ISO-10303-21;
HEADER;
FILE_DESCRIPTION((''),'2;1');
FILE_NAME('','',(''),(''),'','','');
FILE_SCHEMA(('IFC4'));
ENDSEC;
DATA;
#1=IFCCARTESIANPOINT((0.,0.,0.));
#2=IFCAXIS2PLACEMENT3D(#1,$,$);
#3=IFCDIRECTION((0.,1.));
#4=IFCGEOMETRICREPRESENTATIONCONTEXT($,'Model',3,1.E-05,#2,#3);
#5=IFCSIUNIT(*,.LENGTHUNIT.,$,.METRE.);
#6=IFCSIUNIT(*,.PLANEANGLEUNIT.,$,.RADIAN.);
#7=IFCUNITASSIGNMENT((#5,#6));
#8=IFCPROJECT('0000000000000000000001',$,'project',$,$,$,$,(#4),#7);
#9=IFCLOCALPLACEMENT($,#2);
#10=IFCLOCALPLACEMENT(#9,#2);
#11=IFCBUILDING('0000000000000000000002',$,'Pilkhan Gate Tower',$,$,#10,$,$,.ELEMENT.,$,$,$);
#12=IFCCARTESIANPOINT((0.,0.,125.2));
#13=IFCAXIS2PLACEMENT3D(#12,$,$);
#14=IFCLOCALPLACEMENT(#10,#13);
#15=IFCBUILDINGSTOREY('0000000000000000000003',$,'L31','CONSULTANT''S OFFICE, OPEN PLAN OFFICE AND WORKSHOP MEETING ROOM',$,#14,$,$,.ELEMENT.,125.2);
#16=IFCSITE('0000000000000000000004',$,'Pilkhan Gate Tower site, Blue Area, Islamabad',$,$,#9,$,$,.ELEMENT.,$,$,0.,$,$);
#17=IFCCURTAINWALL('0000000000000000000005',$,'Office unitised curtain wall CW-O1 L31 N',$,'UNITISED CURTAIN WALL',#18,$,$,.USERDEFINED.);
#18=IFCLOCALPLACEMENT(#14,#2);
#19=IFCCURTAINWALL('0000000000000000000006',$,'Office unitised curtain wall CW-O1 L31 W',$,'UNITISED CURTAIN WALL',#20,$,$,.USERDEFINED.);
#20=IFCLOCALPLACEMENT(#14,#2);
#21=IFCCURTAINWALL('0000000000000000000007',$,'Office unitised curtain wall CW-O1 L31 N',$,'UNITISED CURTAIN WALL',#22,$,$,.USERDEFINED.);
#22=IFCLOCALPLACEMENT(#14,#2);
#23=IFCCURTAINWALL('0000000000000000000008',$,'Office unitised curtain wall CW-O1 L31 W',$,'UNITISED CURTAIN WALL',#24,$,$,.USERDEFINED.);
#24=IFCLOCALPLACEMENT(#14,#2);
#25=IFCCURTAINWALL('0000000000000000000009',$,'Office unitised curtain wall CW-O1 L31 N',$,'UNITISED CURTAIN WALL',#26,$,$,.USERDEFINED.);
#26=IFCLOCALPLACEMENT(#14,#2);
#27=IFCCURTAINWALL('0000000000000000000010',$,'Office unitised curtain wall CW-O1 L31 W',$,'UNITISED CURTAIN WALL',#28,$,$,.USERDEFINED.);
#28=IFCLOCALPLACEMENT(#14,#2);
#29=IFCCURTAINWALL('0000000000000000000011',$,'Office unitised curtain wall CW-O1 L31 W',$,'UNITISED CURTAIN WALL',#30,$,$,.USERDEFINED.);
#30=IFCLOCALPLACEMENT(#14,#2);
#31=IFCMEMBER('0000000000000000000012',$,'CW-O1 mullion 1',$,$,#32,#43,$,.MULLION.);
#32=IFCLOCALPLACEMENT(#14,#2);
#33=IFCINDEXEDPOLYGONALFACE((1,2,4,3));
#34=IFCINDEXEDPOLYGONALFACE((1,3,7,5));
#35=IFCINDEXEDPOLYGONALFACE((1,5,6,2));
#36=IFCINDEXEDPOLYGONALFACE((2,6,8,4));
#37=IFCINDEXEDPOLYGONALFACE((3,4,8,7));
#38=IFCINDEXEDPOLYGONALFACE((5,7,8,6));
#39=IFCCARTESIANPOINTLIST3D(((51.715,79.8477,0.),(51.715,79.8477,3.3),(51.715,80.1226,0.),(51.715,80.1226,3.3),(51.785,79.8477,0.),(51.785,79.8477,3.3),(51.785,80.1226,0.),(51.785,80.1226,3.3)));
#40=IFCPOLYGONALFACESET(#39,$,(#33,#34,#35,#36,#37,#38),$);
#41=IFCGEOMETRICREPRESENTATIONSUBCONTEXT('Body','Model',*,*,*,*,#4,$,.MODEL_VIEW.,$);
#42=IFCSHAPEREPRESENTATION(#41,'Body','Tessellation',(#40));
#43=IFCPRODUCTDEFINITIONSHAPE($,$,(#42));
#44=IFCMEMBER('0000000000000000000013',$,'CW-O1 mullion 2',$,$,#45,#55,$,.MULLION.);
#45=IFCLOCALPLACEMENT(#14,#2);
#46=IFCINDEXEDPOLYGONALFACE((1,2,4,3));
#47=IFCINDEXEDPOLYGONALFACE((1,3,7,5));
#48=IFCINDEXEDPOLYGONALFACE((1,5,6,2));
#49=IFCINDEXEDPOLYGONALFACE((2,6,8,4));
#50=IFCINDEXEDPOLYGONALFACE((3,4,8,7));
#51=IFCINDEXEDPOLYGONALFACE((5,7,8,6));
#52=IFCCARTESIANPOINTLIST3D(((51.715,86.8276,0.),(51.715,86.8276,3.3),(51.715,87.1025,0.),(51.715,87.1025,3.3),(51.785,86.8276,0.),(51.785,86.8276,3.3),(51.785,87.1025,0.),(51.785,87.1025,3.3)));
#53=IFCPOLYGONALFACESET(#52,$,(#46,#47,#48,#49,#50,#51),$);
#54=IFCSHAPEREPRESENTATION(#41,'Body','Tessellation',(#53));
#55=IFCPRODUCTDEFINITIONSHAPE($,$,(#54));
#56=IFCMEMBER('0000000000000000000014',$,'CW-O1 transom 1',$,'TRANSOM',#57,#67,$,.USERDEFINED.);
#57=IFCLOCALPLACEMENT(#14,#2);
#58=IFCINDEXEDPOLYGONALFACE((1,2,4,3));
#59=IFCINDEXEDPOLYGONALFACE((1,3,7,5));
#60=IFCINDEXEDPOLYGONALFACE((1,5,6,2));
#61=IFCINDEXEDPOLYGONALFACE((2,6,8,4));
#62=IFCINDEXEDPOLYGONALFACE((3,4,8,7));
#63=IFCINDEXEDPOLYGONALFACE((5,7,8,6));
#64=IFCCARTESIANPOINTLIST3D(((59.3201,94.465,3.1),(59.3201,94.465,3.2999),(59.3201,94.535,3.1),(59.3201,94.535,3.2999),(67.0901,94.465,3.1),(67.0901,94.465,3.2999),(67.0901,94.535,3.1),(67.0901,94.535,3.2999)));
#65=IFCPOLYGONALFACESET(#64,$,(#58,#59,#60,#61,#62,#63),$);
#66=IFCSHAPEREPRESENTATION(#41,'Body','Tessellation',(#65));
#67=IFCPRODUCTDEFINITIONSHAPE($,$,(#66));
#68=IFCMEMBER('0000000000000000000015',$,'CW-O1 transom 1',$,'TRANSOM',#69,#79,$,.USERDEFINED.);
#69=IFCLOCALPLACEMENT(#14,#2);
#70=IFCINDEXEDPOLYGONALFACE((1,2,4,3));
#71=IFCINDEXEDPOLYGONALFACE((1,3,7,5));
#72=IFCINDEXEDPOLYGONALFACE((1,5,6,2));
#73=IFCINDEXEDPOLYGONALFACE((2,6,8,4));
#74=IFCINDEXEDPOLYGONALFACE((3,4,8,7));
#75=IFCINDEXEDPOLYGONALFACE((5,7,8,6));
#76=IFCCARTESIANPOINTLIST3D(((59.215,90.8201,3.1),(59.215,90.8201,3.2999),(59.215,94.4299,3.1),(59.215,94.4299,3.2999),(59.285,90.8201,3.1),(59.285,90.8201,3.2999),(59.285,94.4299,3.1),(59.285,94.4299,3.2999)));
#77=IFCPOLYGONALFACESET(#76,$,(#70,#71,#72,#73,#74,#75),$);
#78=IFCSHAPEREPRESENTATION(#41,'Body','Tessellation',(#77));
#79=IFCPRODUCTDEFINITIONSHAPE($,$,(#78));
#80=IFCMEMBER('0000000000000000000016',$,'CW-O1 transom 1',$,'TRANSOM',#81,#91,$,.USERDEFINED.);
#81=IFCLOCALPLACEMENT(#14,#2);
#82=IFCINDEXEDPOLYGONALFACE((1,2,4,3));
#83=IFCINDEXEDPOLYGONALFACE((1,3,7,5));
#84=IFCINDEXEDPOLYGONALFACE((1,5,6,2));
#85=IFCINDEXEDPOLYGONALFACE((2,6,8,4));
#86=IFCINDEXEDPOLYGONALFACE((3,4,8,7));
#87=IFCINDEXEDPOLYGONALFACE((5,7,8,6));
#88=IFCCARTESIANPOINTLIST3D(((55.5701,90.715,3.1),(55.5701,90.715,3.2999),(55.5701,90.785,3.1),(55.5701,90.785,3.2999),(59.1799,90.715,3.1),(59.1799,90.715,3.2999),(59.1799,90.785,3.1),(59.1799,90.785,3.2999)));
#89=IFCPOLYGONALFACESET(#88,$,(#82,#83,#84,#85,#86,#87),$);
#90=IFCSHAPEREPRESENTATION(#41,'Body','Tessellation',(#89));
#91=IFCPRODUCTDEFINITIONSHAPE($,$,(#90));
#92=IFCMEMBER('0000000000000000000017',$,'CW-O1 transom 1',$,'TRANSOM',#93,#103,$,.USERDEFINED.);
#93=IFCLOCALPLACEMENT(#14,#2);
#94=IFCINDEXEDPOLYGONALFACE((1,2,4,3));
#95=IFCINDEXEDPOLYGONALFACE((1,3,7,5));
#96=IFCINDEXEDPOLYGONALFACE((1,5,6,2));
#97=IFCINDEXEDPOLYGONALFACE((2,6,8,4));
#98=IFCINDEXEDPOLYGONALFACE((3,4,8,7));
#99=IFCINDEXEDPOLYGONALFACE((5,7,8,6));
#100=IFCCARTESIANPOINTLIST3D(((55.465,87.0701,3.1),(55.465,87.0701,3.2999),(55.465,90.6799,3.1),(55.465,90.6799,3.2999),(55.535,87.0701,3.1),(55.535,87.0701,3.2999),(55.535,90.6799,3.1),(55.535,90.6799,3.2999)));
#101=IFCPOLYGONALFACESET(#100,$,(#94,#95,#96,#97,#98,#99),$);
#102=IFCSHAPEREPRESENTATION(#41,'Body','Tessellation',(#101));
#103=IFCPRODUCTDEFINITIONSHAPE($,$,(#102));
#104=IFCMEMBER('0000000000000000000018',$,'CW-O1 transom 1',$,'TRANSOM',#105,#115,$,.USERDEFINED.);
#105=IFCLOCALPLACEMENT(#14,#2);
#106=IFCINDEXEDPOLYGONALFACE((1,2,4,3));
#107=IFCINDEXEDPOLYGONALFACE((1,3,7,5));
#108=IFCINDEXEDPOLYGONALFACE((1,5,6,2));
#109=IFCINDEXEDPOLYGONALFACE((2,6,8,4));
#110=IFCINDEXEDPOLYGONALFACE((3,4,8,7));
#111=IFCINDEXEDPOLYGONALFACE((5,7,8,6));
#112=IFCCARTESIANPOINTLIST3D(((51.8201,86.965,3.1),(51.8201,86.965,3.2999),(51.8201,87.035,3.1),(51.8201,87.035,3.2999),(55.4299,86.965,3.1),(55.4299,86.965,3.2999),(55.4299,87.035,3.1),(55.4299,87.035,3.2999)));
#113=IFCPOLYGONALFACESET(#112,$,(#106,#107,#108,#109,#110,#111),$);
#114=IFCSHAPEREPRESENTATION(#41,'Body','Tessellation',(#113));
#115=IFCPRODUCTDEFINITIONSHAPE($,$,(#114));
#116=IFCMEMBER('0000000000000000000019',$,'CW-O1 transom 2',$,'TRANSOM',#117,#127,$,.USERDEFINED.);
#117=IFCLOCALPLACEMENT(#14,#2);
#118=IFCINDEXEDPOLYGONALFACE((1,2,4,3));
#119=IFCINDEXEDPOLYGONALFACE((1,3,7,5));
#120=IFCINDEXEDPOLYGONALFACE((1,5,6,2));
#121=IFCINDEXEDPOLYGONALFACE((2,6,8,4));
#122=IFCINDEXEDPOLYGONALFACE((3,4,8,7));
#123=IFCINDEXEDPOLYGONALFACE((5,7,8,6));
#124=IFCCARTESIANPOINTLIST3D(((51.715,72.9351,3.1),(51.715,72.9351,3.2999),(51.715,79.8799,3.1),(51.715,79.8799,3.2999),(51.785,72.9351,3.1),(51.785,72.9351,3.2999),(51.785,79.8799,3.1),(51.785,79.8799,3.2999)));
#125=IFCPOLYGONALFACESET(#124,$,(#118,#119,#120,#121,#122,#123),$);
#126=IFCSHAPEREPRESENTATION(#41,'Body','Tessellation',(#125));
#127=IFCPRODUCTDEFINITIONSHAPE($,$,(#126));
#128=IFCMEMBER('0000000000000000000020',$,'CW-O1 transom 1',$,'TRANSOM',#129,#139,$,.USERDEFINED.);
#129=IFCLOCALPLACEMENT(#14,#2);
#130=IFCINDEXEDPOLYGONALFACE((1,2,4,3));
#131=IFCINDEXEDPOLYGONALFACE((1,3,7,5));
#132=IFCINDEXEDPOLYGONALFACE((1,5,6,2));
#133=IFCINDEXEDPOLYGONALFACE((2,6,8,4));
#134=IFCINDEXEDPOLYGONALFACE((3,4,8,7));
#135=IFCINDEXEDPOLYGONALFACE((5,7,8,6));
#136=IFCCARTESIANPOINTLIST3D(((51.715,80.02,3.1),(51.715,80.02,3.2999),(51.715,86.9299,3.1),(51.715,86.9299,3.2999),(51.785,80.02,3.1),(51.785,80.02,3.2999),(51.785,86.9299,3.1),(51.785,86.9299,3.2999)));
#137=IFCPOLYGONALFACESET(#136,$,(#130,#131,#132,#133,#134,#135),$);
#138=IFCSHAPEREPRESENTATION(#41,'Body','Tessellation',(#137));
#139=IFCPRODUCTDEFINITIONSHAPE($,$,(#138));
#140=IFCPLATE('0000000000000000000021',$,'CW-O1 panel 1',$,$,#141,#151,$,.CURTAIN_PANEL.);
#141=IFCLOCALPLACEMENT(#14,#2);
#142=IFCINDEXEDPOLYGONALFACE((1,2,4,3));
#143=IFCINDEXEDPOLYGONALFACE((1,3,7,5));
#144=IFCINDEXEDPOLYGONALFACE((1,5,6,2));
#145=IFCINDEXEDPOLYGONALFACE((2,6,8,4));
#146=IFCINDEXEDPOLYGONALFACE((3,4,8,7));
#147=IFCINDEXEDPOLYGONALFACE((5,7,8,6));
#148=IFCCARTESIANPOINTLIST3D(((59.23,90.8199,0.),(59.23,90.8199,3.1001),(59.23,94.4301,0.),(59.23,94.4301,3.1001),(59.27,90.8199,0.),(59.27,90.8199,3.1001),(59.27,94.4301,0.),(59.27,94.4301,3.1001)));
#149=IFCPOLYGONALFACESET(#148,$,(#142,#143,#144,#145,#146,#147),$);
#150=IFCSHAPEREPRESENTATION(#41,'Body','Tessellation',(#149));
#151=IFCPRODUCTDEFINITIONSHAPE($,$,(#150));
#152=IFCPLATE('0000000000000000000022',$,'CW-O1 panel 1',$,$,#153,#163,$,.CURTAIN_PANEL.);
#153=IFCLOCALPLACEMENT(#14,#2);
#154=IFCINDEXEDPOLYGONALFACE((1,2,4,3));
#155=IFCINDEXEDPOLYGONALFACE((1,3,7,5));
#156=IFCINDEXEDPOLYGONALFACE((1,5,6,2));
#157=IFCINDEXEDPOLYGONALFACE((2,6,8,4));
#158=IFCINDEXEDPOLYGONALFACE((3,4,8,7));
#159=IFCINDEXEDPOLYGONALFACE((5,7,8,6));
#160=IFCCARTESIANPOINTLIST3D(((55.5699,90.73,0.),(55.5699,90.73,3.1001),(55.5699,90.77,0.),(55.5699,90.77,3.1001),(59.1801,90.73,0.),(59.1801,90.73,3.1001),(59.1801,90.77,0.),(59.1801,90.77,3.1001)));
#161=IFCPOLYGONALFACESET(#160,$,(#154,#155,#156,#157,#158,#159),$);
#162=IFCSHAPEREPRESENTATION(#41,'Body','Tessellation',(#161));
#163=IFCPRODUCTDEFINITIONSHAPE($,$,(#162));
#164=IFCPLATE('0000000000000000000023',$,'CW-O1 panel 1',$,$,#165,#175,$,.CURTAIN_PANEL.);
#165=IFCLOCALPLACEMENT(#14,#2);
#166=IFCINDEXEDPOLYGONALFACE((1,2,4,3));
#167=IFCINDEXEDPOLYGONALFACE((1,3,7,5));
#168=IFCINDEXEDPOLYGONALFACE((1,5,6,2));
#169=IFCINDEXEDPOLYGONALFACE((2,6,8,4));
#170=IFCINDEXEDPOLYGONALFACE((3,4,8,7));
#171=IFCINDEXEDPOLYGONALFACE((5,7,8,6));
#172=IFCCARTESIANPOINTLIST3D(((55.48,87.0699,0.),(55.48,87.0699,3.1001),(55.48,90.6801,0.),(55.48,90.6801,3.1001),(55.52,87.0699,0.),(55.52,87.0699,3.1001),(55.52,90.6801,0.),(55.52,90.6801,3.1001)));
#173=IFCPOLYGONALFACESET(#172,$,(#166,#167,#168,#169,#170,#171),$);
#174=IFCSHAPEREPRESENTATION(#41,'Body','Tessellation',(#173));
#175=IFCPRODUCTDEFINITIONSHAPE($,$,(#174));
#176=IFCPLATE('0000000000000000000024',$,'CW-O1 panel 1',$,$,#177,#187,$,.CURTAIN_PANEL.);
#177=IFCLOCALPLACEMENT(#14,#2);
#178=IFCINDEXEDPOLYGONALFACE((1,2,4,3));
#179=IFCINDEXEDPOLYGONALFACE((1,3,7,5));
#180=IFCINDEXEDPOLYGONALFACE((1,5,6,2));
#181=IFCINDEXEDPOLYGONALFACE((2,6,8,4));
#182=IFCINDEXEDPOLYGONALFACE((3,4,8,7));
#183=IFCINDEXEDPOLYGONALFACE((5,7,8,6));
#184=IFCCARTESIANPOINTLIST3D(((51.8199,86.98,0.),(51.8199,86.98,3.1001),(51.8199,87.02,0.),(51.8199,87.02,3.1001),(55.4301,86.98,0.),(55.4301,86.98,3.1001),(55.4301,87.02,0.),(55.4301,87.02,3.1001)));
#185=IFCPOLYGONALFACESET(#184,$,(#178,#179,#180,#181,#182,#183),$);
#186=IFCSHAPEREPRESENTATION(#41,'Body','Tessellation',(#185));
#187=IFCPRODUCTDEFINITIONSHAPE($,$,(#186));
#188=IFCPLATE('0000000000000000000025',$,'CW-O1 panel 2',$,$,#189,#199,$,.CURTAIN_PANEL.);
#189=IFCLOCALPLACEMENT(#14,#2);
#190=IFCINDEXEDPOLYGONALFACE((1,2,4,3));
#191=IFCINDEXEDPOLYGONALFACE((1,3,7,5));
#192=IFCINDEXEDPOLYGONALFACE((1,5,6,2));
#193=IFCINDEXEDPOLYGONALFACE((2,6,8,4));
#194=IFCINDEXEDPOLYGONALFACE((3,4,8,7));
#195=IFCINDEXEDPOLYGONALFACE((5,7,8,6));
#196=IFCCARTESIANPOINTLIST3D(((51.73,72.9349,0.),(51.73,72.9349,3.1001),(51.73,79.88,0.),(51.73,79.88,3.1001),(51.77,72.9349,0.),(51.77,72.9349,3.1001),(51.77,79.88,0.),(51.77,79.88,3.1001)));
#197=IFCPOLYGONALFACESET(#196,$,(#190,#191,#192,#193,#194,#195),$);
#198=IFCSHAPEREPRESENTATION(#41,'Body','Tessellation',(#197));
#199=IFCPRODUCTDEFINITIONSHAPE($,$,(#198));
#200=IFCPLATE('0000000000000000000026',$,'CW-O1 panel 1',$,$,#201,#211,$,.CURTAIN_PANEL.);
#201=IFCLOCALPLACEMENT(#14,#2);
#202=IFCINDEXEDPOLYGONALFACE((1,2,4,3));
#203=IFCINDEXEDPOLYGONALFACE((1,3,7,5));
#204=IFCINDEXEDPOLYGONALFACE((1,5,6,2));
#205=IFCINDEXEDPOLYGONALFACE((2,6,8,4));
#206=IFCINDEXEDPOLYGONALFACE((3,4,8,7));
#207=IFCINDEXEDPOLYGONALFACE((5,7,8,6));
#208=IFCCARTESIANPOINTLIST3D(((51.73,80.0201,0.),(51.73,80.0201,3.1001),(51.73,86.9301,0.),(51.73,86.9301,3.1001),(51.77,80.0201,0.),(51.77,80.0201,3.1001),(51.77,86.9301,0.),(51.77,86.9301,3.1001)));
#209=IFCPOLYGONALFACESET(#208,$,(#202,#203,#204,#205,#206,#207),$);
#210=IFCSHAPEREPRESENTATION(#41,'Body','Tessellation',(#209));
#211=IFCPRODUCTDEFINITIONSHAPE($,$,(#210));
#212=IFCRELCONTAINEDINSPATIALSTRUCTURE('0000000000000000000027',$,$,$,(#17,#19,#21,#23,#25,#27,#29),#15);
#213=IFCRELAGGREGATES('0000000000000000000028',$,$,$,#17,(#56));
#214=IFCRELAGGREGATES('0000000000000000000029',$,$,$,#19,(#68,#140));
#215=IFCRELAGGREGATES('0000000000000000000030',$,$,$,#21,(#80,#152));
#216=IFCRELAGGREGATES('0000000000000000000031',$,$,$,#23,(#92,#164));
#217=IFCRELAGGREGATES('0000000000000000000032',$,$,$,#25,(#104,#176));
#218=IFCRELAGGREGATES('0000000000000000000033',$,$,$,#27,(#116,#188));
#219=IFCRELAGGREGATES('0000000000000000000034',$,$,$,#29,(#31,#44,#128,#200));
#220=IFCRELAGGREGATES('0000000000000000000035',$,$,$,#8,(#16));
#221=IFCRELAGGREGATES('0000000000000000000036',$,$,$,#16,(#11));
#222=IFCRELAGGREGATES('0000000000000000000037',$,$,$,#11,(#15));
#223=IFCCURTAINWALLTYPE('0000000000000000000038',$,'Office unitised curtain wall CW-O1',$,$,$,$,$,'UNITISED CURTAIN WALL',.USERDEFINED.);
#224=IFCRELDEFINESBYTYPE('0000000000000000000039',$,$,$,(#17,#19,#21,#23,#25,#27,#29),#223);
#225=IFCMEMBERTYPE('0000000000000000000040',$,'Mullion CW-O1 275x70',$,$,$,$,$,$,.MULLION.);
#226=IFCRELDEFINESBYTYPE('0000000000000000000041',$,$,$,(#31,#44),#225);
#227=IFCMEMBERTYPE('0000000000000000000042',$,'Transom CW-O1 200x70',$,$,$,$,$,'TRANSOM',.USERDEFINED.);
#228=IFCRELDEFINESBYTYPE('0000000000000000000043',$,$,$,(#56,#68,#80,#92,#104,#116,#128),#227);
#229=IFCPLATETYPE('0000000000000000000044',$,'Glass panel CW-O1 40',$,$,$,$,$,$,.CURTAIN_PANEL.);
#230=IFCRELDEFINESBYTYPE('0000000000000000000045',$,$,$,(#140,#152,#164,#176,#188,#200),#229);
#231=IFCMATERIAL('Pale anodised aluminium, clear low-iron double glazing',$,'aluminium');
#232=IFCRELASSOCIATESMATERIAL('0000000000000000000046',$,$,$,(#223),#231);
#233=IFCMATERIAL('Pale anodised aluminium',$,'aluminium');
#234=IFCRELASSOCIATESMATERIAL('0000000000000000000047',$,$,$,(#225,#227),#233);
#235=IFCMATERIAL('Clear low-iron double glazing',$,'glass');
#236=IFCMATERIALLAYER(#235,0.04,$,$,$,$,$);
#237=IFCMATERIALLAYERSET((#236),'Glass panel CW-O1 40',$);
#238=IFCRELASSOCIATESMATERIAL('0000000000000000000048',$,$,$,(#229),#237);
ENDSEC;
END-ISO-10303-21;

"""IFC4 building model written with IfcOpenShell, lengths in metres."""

from ifc_helpers import new_model, si_unit, direction, frame, origin, origin_2d, place, context, subcontext, project, spatial, rectangle, extrude, material, layer, layer_set, material_profile, profile_set, type_object, element, aggregate, save


model = new_model("IFC4")

# Units and contexts
model_context = context("Model", 3, precision=1e-05, world=origin(), true_north=direction((0.0, 1.0)))
body_context = subcontext(model_context, "Body", "Model", "MODEL_VIEW")
ifc_project = project(units=[si_unit("LENGTHUNIT", "METRE"), si_unit("PLANEANGLEUNIT", "RADIAN")], contexts=[model_context])

# Site, building, storey
site_placement = place(None, origin())
site = spatial("IfcSite", under=ifc_project, at=site_placement, Name="Pilkhan Gate Tower site, Blue Area, Islamabad", CompositionType="ELEMENT", RefElevation=0.0)
building_placement = place(site_placement, origin())
building = spatial("IfcBuilding", under=site, at=building_placement, Name="Pilkhan Gate Tower", CompositionType="ELEMENT")
storey_placement = place(building_placement, frame((0.0, 0.0, 125.2)))
storey = spatial("IfcBuildingStorey", under=building, at=storey_placement, Name="L31", Description="CONSULTANT'S OFFICE, OPEN PLAN OFFICE AND WORKSHOP MEETING ROOM", CompositionType="ELEMENT", Elevation=125.2)

# Curtain wall
ifc_material_1 = material(Name="Pale anodised aluminium, clear low-iron double glazing", Category="aluminium")
curtain_wall_type = type_object("IfcCurtainWallType", Name="Office unitised curtain wall CW-O1", ElementType="UNITISED CURTAIN WALL", PredefinedType="USERDEFINED", material=ifc_material_1)
curtain_wall_1_placement = place(storey_placement, origin())
curtain_wall_1 = element("IfcCurtainWall", 1, at=curtain_wall_1_placement, inside=storey, type_object=curtain_wall_type, Name="Office unitised curtain wall CW-O1 L31 N", ObjectType="UNITISED CURTAIN WALL", PredefinedType="USERDEFINED")
ifc_material_2 = material(Name="Pale anodised aluminium", Category="aluminium")
ifc_material_profile_1 = material_profile(ifc_material_2, rectangle(XDim=0.0701, YDim=0.2749, at=origin_2d()), Name="Mullion 275x70")
ifc_profile_set_1 = profile_set([ifc_material_profile_1], Name="Pale anodised aluminium")
member_type_1 = type_object("IfcMemberType", Name="Mullion CW-O1 275x70", PredefinedType="MULLION", material=ifc_profile_set_1)

# Curtain walls, members
curtain_wall_2_placement = place(storey_placement, origin())
curtain_wall_2 = element("IfcCurtainWall", 2, at=curtain_wall_2_placement, inside=storey, type_object=curtain_wall_type, Name="Office unitised curtain wall CW-O1 L31 W", ObjectType="UNITISED CURTAIN WALL", PredefinedType="USERDEFINED")
curtain_wall_3_placement = place(storey_placement, origin())
curtain_wall_3 = element("IfcCurtainWall", 3, at=curtain_wall_3_placement, inside=storey, type_object=curtain_wall_type, Name="Office unitised curtain wall CW-O1 L31 N", ObjectType="UNITISED CURTAIN WALL", PredefinedType="USERDEFINED")
curtain_wall_4_placement = place(storey_placement, origin())
curtain_wall_4 = element("IfcCurtainWall", 4, at=curtain_wall_4_placement, inside=storey, type_object=curtain_wall_type, Name="Office unitised curtain wall CW-O1 L31 W", ObjectType="UNITISED CURTAIN WALL", PredefinedType="USERDEFINED")
curtain_wall_5_placement = place(storey_placement, origin())
curtain_wall_5 = element("IfcCurtainWall", 5, at=curtain_wall_5_placement, inside=storey, type_object=curtain_wall_type, Name="Office unitised curtain wall CW-O1 L31 N", ObjectType="UNITISED CURTAIN WALL", PredefinedType="USERDEFINED")
curtain_wall_6_placement = place(storey_placement, origin())
curtain_wall_6 = element("IfcCurtainWall", 6, at=curtain_wall_6_placement, inside=storey, type_object=curtain_wall_type, Name="Office unitised curtain wall CW-O1 L31 W", ObjectType="UNITISED CURTAIN WALL", PredefinedType="USERDEFINED")
curtain_wall_7_placement = place(storey_placement, origin())
curtain_wall_7 = element("IfcCurtainWall", 7, at=curtain_wall_7_placement, inside=storey, type_object=curtain_wall_type, Name="Office unitised curtain wall CW-O1 L31 W", ObjectType="UNITISED CURTAIN WALL", PredefinedType="USERDEFINED")
member_1_placement = place(storey_placement, frame((51.75, 79.9851, 0.0), z_axis=(0.0, 0.0, 1.0), x_axis=(-1.0, 0.0, 0.0)))
member_1 = element("IfcMember", 8, at=member_1_placement, type_object=member_type_1, Name="CW-O1 mullion 1", PredefinedType="MULLION", context=body_context, shape_type="SweptSolid", body=[
    extrude(rectangle(XDim=0.0701, YDim=0.2749, at=origin_2d()), origin(), (0.0, 0.0, 1.0), 3.3),
])
member_2_placement = place(storey_placement, frame((51.75, 86.9651, 0.0), z_axis=(0.0, 0.0, 1.0), x_axis=(-1.0, 0.0, 0.0)))
member_2 = element("IfcMember", 9, at=member_2_placement, type_object=member_type_1, Name="CW-O1 mullion 2", PredefinedType="MULLION", context=body_context, shape_type="SweptSolid", body=[
    extrude(rectangle(XDim=0.0701, YDim=0.2749, at=origin_2d()), origin(), (0.0, 0.0, 1.0), 3.3),
])

# Members
ifc_material_profile_2 = material_profile(ifc_material_2, rectangle(XDim=0.0701, YDim=0.2, at=origin_2d()), Name="Transom 200x70")
ifc_profile_set_2 = profile_set([ifc_material_profile_2], Name="Pale anodised aluminium")
member_type_2 = type_object("IfcMemberType", Name="Transom CW-O1 200x70", ElementType="TRANSOM", PredefinedType="USERDEFINED", material=ifc_profile_set_2)
member_3_placement = place(storey_placement, frame((59.3201, 94.5, 3.2), z_axis=(1.0, 0.0, 0.0), x_axis=(0.0, 1.0, 0.0)))
member_3 = element("IfcMember", 10, at=member_3_placement, type_object=member_type_2, Name="CW-O1 transom 1", ObjectType="TRANSOM", PredefinedType="USERDEFINED", context=body_context, shape_type="SweptSolid", body=[
    extrude(rectangle(XDim=0.0701, YDim=0.2, at=origin_2d()), origin(), (0.0, 0.0, 1.0), 7.77),
])
aggregate(curtain_wall_1, [member_3])
member_4_placement = place(storey_placement, frame((59.25, 90.8201, 3.2), z_axis=(0.0, 1.0, 0.0), x_axis=(-1.0, 0.0, 0.0)))
member_4 = element("IfcMember", 11, at=member_4_placement, type_object=member_type_2, Name="CW-O1 transom 1", ObjectType="TRANSOM", PredefinedType="USERDEFINED", context=body_context, shape_type="SweptSolid", body=[
    extrude(rectangle(XDim=0.0701, YDim=0.2, at=origin_2d()), origin(), (0.0, 0.0, 1.0), 3.6099),
])
member_5_placement = place(storey_placement, frame((55.5701, 90.75, 3.2), z_axis=(1.0, 0.0, 0.0), x_axis=(0.0, 1.0, 0.0)))
member_5 = element("IfcMember", 12, at=member_5_placement, type_object=member_type_2, Name="CW-O1 transom 1", ObjectType="TRANSOM", PredefinedType="USERDEFINED", context=body_context, shape_type="SweptSolid", body=[
    extrude(rectangle(XDim=0.0701, YDim=0.2, at=origin_2d()), origin(), (0.0, 0.0, 1.0), 3.6099),
])
member_6_placement = place(storey_placement, frame((55.5, 87.0701, 3.2), z_axis=(0.0, 1.0, 0.0), x_axis=(-1.0, 0.0, 0.0)))
member_6 = element("IfcMember", 13, at=member_6_placement, type_object=member_type_2, Name="CW-O1 transom 1", ObjectType="TRANSOM", PredefinedType="USERDEFINED", context=body_context, shape_type="SweptSolid", body=[
    extrude(rectangle(XDim=0.0701, YDim=0.2, at=origin_2d()), origin(), (0.0, 0.0, 1.0), 3.6099),
])
member_7_placement = place(storey_placement, frame((51.8201, 87.0, 3.2), z_axis=(1.0, 0.0, 0.0), x_axis=(0.0, 1.0, 0.0)))
member_7 = element("IfcMember", 14, at=member_7_placement, type_object=member_type_2, Name="CW-O1 transom 1", ObjectType="TRANSOM", PredefinedType="USERDEFINED", context=body_context, shape_type="SweptSolid", body=[
    extrude(rectangle(XDim=0.0701, YDim=0.2, at=origin_2d()), origin(), (0.0, 0.0, 1.0), 3.6099),
])
member_8_placement = place(storey_placement, frame((51.75, 72.9351, 3.2), z_axis=(0.0, 1.0, 0.0), x_axis=(-1.0, 0.0, 0.0)))
member_8 = element("IfcMember", 15, at=member_8_placement, type_object=member_type_2, Name="CW-O1 transom 2", ObjectType="TRANSOM", PredefinedType="USERDEFINED", context=body_context, shape_type="SweptSolid", body=[
    extrude(rectangle(XDim=0.0701, YDim=0.2, at=origin_2d()), origin(), (0.0, 0.0, 1.0), 6.9448),
])
member_9_placement = place(storey_placement, frame((51.75, 80.02, 3.2), z_axis=(0.0, 1.0, 0.0), x_axis=(-1.0, 0.0, 0.0)))
member_9 = element("IfcMember", 16, at=member_9_placement, type_object=member_type_2, Name="CW-O1 transom 1", ObjectType="TRANSOM", PredefinedType="USERDEFINED", context=body_context, shape_type="SweptSolid", body=[
    extrude(rectangle(XDim=0.0701, YDim=0.2, at=origin_2d()), origin(), (0.0, 0.0, 1.0), 6.9099),
])

# Plates
ifc_material_3 = material(Name="Clear low-iron double glazing", Category="glass")
ifc_layer_1 = layer(ifc_material_3, 0.04)
ifc_layer_set_1 = layer_set([ifc_layer_1], Name="Glass panel CW-O1 40")
plate_type = type_object("IfcPlateType", Name="Glass panel CW-O1 40", PredefinedType="CURTAIN_PANEL", material=ifc_layer_set_1)
plate_1_placement = place(storey_placement, frame((59.25, 92.625, 0.0), z_axis=(0.0, 0.0, 1.0), x_axis=(0.0, 1.0, 0.0)))
plate_1 = element("IfcPlate", 17, at=plate_1_placement, type_object=plate_type, Name="CW-O1 panel 1", PredefinedType="CURTAIN_PANEL", context=body_context, shape_type="SweptSolid", body=[
    extrude(rectangle(XDim=3.6101, YDim=0.04, at=origin_2d()), origin(), (0.0, 0.0, 1.0), 3.1001),
])
aggregate(curtain_wall_2, [member_4, plate_1])
plate_2_placement = place(storey_placement, frame((57.375, 90.75, 0.0), z_axis=(0.0, 0.0, 1.0), x_axis=(1.0, 0.0, 0.0)))
plate_2 = element("IfcPlate", 18, at=plate_2_placement, type_object=plate_type, Name="CW-O1 panel 1", PredefinedType="CURTAIN_PANEL", context=body_context, shape_type="SweptSolid", body=[
    extrude(rectangle(XDim=3.6101, YDim=0.04, at=origin_2d()), origin(), (0.0, 0.0, 1.0), 3.1001),
])
aggregate(curtain_wall_3, [member_5, plate_2])
plate_3_placement = place(storey_placement, frame((55.5, 88.875, 0.0), z_axis=(0.0, 0.0, 1.0), x_axis=(0.0, 1.0, 0.0)))
plate_3 = element("IfcPlate", 19, at=plate_3_placement, type_object=plate_type, Name="CW-O1 panel 1", PredefinedType="CURTAIN_PANEL", context=body_context, shape_type="SweptSolid", body=[
    extrude(rectangle(XDim=3.6101, YDim=0.04, at=origin_2d()), origin(), (0.0, 0.0, 1.0), 3.1001),
])
aggregate(curtain_wall_4, [member_6, plate_3])
plate_4_placement = place(storey_placement, frame((53.625, 87.0, 0.0), z_axis=(0.0, 0.0, 1.0), x_axis=(1.0, 0.0, 0.0)))
plate_4 = element("IfcPlate", 20, at=plate_4_placement, type_object=plate_type, Name="CW-O1 panel 1", PredefinedType="CURTAIN_PANEL", context=body_context, shape_type="SweptSolid", body=[
    extrude(rectangle(XDim=3.6101, YDim=0.04, at=origin_2d()), origin(), (0.0, 0.0, 1.0), 3.1001),
])
aggregate(curtain_wall_5, [member_7, plate_4])
plate_5_placement = place(storey_placement, frame((51.75, 76.4075, 0.0), z_axis=(0.0, 0.0, 1.0), x_axis=(0.0, 1.0, 0.0)))
plate_5 = element("IfcPlate", 21, at=plate_5_placement, type_object=plate_type, Name="CW-O1 panel 2", PredefinedType="CURTAIN_PANEL", context=body_context, shape_type="SweptSolid", body=[
    extrude(rectangle(XDim=6.9451, YDim=0.04, at=origin_2d()), origin(), (0.0, 0.0, 1.0), 3.1001),
])
aggregate(curtain_wall_6, [member_8, plate_5])
plate_6_placement = place(storey_placement, frame((51.75, 83.4751, 0.0), z_axis=(0.0, 0.0, 1.0), x_axis=(0.0, 1.0, 0.0)))
plate_6 = element("IfcPlate", 22, at=plate_6_placement, type_object=plate_type, Name="CW-O1 panel 1", PredefinedType="CURTAIN_PANEL", context=body_context, shape_type="SweptSolid", body=[
    extrude(rectangle(XDim=6.9099, YDim=0.04, at=origin_2d()), origin(), (0.0, 0.0, 1.0), 3.1001),
])
aggregate(curtain_wall_7, [member_1, member_2, member_9, plate_6])

save(model, "model.ifc")
